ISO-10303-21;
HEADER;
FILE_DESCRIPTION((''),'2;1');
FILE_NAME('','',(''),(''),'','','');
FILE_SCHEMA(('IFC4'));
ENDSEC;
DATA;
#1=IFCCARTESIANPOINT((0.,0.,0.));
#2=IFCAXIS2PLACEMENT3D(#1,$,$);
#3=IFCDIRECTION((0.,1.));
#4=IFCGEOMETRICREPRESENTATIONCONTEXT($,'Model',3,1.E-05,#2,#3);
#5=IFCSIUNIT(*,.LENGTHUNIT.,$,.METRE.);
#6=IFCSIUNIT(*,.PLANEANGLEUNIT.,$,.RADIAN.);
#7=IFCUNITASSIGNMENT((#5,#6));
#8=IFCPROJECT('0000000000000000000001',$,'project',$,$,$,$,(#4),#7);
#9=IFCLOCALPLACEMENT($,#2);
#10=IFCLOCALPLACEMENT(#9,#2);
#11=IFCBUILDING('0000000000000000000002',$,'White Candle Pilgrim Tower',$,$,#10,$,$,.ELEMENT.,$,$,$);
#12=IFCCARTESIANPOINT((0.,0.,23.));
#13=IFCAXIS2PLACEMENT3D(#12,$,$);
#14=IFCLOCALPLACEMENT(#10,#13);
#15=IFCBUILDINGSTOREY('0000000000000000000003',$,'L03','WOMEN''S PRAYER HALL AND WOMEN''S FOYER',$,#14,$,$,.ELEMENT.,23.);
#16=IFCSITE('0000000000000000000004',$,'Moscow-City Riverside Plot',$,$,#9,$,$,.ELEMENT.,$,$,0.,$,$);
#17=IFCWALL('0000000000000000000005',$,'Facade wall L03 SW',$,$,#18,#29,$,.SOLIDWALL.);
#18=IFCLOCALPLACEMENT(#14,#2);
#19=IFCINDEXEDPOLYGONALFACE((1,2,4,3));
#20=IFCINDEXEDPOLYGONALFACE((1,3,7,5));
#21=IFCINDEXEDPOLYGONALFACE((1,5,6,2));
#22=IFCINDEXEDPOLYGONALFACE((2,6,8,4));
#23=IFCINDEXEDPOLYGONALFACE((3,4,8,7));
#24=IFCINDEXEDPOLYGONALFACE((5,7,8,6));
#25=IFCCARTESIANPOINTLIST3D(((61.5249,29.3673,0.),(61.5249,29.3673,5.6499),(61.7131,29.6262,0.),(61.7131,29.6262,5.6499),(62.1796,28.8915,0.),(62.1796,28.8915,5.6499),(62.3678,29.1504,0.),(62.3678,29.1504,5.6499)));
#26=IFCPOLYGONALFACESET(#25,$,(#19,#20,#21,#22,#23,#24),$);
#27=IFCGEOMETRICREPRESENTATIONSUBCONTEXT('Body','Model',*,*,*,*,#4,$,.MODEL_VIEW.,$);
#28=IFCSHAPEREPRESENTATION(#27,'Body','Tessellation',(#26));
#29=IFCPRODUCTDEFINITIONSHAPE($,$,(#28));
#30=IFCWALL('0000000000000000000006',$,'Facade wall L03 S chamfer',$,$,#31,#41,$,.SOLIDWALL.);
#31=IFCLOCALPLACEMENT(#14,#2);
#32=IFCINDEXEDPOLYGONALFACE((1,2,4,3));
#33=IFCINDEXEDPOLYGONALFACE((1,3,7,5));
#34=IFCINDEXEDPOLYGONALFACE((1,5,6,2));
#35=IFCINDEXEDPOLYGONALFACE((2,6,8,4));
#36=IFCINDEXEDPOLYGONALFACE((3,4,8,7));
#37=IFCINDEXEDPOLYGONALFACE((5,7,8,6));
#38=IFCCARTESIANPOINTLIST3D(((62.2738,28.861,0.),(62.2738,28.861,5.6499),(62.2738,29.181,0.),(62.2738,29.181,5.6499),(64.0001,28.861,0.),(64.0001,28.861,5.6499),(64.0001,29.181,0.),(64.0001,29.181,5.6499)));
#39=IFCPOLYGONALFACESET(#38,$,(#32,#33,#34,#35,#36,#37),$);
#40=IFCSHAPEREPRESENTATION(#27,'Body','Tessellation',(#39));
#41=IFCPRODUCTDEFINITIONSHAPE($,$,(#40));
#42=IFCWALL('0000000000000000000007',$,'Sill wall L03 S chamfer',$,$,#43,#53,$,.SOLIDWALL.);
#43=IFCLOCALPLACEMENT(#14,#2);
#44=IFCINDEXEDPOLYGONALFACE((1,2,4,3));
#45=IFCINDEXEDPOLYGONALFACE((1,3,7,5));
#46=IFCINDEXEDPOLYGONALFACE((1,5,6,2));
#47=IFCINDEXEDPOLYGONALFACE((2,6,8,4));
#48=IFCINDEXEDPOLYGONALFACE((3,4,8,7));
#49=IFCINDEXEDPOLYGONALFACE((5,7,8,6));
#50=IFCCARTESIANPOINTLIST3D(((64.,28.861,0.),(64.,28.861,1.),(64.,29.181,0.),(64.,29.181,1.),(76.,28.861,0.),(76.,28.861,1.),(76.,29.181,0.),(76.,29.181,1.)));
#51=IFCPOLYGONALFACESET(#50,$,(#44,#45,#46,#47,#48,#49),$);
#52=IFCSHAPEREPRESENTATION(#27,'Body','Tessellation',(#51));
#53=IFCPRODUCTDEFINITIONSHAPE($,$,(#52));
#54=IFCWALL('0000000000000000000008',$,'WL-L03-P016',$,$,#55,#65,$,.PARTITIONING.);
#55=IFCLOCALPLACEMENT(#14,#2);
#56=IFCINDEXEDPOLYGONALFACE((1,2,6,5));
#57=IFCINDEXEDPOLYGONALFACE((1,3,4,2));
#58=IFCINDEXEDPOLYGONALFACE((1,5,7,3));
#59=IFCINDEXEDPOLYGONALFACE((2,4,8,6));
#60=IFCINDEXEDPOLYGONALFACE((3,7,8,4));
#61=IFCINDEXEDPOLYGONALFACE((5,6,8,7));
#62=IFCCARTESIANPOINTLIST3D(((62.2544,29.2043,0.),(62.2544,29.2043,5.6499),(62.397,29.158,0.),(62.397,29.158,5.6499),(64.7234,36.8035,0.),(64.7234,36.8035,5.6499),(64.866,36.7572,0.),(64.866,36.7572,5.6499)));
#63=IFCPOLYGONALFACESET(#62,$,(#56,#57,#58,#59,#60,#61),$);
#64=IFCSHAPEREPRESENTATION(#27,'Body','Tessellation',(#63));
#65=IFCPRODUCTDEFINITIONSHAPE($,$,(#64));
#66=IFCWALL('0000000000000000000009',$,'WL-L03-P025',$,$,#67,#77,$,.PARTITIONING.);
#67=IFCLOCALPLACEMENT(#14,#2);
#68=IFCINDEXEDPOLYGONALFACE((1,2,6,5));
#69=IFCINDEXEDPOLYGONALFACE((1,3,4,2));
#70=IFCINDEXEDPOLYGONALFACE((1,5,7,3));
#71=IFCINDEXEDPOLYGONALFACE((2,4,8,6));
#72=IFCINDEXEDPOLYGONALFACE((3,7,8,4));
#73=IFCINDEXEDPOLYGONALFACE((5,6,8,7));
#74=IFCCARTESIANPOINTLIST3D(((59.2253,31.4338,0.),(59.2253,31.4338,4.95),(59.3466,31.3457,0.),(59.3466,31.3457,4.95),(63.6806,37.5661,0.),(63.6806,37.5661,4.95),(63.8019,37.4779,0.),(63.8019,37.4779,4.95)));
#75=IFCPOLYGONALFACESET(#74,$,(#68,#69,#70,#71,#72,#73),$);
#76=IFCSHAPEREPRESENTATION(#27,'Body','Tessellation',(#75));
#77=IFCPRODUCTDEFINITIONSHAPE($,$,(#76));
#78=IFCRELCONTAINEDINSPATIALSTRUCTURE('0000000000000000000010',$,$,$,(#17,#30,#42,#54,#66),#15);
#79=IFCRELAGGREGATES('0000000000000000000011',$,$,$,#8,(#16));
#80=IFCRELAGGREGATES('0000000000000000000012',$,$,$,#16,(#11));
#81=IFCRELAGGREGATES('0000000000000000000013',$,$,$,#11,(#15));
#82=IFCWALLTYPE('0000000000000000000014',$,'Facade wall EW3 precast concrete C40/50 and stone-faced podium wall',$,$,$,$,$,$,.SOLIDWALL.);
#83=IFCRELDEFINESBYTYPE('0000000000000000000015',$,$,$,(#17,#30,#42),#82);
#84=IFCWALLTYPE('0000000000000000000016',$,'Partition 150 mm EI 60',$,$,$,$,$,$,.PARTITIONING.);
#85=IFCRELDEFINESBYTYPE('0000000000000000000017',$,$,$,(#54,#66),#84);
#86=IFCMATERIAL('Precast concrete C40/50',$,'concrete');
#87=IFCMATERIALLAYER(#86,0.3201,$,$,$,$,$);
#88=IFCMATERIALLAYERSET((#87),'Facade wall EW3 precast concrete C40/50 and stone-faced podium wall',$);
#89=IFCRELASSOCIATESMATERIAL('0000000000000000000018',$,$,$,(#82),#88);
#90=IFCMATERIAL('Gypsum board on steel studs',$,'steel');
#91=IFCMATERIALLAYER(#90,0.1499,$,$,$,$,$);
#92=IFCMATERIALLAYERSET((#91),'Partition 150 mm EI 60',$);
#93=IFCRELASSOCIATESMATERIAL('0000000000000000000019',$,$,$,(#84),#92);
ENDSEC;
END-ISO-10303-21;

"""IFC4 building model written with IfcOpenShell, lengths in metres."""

from ifc_helpers import new_model, si_unit, direction, frame, frame_2d, origin, place, context, subcontext, project, spatial, rectangle, extrude, material, layer, layer_set, type_object, element, save


model = new_model("IFC4")

# Units and contexts
model_context = context("Model", 3, precision=1e-05, world=origin(), true_north=direction((0.0, 1.0)))
body_context = subcontext(model_context, "Body", "Model", "MODEL_VIEW")
ifc_project = project(units=[si_unit("LENGTHUNIT", "METRE"), si_unit("PLANEANGLEUNIT", "RADIAN")], contexts=[model_context])

# Site, building, storey
site_placement = place(None, origin())
site = spatial("IfcSite", under=ifc_project, at=site_placement, Name="Moscow-City Riverside Plot", CompositionType="ELEMENT", RefElevation=0.0)
building_placement = place(site_placement, origin())
building = spatial("IfcBuilding", under=site, at=building_placement, Name="White Candle Pilgrim Tower", CompositionType="ELEMENT")
storey_placement = place(building_placement, frame((0.0, 0.0, 23.0)))
storey = spatial("IfcBuildingStorey", under=building, at=storey_placement, Name="L03", Description="WOMEN'S PRAYER HALL AND WOMEN'S FOYER", CompositionType="ELEMENT", Elevation=23.0)

# Walls
ifc_material_1 = material(Name="Precast concrete C40/50", Category="concrete")
ifc_layer_1 = layer(ifc_material_1, 0.3201)
ifc_layer_set_1 = layer_set([ifc_layer_1], Name="Facade wall EW3 precast concrete C40/50 and stone-faced podium wall")
wall_type_1 = type_object("IfcWallType", Name="Facade wall EW3 precast concrete C40/50 and stone-faced podium wall", PredefinedType="SOLIDWALL", material=ifc_layer_set_1)
wall_1_placement = place(storey_placement, frame((61.6189, 29.4968, 0.0), z_axis=(0.0, 0.0, 1.0), x_axis=(0.808958, -0.587867, 0.0)))
element("IfcWall", 1, at=wall_1_placement, inside=storey, type_object=wall_type_1, Name="Facade wall L03 SW", PredefinedType="SOLIDWALL", context=body_context, shape_type="SweptSolid", body=[
    extrude(rectangle(XDim=0.8093, YDim=0.3201, at=frame_2d((0.4048, 0.0))), origin(), (0.0, 0.0, 1.0), 5.6499),
])
wall_2_placement = place(storey_placement, frame((62.2737, 29.021, 0.0), z_axis=(0.0, 0.0, 1.0), x_axis=(1.0, 0.0, 0.0)))
element("IfcWall", 2, at=wall_2_placement, inside=storey, type_object=wall_type_1, Name="Facade wall L03 S chamfer", PredefinedType="SOLIDWALL", context=body_context, shape_type="SweptSolid", body=[
    extrude(rectangle(XDim=1.7263, YDim=0.3201, at=frame_2d((0.8633, 0.0))), origin(), (0.0, 0.0, 1.0), 5.6499),
])
wall_3_placement = place(storey_placement, frame((64.0, 29.021, 0.0), z_axis=(0.0, 0.0, 1.0), x_axis=(1.0, 0.0, 0.0)))
element("IfcWall", 3, at=wall_3_placement, inside=storey, type_object=wall_type_1, Name="Sill wall L03 S chamfer", PredefinedType="SOLIDWALL", context=body_context, shape_type="SweptSolid", body=[
    extrude(rectangle(XDim=12.0, YDim=0.3201, at=frame_2d((6.0, 0.0))), origin(), (0.0, 0.0, 1.0), 1.0),
])
ifc_material_2 = material(Name="Gypsum board on steel studs", Category="steel")
ifc_layer_2 = layer(ifc_material_2, 0.1499)
ifc_layer_set_2 = layer_set([ifc_layer_2], Name="Partition 150 mm EI 60")
wall_type_2 = type_object("IfcWallType", Name="Partition 150 mm EI 60", PredefinedType="PARTITIONING", material=ifc_layer_set_2)
wall_4_placement = place(storey_placement, frame((62.3257, 29.1812, 0.0), z_axis=(0.0, 0.0, 1.0), x_axis=(0.309005, 0.951061, 0.0)))
element("IfcWall", 4, at=wall_4_placement, inside=storey, type_object=wall_type_2, Name="WL-L03-P016", PredefinedType="PARTITIONING", context=body_context, shape_type="SweptSolid", body=[
    extrude(rectangle(XDim=7.9902, YDim=0.1499, at=frame_2d((3.9951, 0.0))), origin(), (0.0, 0.0, 1.0), 5.6499),
])
wall_5_placement = place(storey_placement, frame((59.2859, 31.3896, 0.0), z_axis=(0.0, 0.0, 1.0), x_axis=(0.587779, 0.809022, 0.0)))
element("IfcWall", 5, at=wall_5_placement, inside=storey, type_object=wall_type_2, Name="WL-L03-P025", PredefinedType="PARTITIONING", context=body_context, shape_type="SweptSolid", body=[
    extrude(rectangle(XDim=7.5798, YDim=0.1499, at=frame_2d((3.79, 0.0))), origin(), (0.0, 0.0, 1.0), 4.95),
])

save(model, "model.ifc")
